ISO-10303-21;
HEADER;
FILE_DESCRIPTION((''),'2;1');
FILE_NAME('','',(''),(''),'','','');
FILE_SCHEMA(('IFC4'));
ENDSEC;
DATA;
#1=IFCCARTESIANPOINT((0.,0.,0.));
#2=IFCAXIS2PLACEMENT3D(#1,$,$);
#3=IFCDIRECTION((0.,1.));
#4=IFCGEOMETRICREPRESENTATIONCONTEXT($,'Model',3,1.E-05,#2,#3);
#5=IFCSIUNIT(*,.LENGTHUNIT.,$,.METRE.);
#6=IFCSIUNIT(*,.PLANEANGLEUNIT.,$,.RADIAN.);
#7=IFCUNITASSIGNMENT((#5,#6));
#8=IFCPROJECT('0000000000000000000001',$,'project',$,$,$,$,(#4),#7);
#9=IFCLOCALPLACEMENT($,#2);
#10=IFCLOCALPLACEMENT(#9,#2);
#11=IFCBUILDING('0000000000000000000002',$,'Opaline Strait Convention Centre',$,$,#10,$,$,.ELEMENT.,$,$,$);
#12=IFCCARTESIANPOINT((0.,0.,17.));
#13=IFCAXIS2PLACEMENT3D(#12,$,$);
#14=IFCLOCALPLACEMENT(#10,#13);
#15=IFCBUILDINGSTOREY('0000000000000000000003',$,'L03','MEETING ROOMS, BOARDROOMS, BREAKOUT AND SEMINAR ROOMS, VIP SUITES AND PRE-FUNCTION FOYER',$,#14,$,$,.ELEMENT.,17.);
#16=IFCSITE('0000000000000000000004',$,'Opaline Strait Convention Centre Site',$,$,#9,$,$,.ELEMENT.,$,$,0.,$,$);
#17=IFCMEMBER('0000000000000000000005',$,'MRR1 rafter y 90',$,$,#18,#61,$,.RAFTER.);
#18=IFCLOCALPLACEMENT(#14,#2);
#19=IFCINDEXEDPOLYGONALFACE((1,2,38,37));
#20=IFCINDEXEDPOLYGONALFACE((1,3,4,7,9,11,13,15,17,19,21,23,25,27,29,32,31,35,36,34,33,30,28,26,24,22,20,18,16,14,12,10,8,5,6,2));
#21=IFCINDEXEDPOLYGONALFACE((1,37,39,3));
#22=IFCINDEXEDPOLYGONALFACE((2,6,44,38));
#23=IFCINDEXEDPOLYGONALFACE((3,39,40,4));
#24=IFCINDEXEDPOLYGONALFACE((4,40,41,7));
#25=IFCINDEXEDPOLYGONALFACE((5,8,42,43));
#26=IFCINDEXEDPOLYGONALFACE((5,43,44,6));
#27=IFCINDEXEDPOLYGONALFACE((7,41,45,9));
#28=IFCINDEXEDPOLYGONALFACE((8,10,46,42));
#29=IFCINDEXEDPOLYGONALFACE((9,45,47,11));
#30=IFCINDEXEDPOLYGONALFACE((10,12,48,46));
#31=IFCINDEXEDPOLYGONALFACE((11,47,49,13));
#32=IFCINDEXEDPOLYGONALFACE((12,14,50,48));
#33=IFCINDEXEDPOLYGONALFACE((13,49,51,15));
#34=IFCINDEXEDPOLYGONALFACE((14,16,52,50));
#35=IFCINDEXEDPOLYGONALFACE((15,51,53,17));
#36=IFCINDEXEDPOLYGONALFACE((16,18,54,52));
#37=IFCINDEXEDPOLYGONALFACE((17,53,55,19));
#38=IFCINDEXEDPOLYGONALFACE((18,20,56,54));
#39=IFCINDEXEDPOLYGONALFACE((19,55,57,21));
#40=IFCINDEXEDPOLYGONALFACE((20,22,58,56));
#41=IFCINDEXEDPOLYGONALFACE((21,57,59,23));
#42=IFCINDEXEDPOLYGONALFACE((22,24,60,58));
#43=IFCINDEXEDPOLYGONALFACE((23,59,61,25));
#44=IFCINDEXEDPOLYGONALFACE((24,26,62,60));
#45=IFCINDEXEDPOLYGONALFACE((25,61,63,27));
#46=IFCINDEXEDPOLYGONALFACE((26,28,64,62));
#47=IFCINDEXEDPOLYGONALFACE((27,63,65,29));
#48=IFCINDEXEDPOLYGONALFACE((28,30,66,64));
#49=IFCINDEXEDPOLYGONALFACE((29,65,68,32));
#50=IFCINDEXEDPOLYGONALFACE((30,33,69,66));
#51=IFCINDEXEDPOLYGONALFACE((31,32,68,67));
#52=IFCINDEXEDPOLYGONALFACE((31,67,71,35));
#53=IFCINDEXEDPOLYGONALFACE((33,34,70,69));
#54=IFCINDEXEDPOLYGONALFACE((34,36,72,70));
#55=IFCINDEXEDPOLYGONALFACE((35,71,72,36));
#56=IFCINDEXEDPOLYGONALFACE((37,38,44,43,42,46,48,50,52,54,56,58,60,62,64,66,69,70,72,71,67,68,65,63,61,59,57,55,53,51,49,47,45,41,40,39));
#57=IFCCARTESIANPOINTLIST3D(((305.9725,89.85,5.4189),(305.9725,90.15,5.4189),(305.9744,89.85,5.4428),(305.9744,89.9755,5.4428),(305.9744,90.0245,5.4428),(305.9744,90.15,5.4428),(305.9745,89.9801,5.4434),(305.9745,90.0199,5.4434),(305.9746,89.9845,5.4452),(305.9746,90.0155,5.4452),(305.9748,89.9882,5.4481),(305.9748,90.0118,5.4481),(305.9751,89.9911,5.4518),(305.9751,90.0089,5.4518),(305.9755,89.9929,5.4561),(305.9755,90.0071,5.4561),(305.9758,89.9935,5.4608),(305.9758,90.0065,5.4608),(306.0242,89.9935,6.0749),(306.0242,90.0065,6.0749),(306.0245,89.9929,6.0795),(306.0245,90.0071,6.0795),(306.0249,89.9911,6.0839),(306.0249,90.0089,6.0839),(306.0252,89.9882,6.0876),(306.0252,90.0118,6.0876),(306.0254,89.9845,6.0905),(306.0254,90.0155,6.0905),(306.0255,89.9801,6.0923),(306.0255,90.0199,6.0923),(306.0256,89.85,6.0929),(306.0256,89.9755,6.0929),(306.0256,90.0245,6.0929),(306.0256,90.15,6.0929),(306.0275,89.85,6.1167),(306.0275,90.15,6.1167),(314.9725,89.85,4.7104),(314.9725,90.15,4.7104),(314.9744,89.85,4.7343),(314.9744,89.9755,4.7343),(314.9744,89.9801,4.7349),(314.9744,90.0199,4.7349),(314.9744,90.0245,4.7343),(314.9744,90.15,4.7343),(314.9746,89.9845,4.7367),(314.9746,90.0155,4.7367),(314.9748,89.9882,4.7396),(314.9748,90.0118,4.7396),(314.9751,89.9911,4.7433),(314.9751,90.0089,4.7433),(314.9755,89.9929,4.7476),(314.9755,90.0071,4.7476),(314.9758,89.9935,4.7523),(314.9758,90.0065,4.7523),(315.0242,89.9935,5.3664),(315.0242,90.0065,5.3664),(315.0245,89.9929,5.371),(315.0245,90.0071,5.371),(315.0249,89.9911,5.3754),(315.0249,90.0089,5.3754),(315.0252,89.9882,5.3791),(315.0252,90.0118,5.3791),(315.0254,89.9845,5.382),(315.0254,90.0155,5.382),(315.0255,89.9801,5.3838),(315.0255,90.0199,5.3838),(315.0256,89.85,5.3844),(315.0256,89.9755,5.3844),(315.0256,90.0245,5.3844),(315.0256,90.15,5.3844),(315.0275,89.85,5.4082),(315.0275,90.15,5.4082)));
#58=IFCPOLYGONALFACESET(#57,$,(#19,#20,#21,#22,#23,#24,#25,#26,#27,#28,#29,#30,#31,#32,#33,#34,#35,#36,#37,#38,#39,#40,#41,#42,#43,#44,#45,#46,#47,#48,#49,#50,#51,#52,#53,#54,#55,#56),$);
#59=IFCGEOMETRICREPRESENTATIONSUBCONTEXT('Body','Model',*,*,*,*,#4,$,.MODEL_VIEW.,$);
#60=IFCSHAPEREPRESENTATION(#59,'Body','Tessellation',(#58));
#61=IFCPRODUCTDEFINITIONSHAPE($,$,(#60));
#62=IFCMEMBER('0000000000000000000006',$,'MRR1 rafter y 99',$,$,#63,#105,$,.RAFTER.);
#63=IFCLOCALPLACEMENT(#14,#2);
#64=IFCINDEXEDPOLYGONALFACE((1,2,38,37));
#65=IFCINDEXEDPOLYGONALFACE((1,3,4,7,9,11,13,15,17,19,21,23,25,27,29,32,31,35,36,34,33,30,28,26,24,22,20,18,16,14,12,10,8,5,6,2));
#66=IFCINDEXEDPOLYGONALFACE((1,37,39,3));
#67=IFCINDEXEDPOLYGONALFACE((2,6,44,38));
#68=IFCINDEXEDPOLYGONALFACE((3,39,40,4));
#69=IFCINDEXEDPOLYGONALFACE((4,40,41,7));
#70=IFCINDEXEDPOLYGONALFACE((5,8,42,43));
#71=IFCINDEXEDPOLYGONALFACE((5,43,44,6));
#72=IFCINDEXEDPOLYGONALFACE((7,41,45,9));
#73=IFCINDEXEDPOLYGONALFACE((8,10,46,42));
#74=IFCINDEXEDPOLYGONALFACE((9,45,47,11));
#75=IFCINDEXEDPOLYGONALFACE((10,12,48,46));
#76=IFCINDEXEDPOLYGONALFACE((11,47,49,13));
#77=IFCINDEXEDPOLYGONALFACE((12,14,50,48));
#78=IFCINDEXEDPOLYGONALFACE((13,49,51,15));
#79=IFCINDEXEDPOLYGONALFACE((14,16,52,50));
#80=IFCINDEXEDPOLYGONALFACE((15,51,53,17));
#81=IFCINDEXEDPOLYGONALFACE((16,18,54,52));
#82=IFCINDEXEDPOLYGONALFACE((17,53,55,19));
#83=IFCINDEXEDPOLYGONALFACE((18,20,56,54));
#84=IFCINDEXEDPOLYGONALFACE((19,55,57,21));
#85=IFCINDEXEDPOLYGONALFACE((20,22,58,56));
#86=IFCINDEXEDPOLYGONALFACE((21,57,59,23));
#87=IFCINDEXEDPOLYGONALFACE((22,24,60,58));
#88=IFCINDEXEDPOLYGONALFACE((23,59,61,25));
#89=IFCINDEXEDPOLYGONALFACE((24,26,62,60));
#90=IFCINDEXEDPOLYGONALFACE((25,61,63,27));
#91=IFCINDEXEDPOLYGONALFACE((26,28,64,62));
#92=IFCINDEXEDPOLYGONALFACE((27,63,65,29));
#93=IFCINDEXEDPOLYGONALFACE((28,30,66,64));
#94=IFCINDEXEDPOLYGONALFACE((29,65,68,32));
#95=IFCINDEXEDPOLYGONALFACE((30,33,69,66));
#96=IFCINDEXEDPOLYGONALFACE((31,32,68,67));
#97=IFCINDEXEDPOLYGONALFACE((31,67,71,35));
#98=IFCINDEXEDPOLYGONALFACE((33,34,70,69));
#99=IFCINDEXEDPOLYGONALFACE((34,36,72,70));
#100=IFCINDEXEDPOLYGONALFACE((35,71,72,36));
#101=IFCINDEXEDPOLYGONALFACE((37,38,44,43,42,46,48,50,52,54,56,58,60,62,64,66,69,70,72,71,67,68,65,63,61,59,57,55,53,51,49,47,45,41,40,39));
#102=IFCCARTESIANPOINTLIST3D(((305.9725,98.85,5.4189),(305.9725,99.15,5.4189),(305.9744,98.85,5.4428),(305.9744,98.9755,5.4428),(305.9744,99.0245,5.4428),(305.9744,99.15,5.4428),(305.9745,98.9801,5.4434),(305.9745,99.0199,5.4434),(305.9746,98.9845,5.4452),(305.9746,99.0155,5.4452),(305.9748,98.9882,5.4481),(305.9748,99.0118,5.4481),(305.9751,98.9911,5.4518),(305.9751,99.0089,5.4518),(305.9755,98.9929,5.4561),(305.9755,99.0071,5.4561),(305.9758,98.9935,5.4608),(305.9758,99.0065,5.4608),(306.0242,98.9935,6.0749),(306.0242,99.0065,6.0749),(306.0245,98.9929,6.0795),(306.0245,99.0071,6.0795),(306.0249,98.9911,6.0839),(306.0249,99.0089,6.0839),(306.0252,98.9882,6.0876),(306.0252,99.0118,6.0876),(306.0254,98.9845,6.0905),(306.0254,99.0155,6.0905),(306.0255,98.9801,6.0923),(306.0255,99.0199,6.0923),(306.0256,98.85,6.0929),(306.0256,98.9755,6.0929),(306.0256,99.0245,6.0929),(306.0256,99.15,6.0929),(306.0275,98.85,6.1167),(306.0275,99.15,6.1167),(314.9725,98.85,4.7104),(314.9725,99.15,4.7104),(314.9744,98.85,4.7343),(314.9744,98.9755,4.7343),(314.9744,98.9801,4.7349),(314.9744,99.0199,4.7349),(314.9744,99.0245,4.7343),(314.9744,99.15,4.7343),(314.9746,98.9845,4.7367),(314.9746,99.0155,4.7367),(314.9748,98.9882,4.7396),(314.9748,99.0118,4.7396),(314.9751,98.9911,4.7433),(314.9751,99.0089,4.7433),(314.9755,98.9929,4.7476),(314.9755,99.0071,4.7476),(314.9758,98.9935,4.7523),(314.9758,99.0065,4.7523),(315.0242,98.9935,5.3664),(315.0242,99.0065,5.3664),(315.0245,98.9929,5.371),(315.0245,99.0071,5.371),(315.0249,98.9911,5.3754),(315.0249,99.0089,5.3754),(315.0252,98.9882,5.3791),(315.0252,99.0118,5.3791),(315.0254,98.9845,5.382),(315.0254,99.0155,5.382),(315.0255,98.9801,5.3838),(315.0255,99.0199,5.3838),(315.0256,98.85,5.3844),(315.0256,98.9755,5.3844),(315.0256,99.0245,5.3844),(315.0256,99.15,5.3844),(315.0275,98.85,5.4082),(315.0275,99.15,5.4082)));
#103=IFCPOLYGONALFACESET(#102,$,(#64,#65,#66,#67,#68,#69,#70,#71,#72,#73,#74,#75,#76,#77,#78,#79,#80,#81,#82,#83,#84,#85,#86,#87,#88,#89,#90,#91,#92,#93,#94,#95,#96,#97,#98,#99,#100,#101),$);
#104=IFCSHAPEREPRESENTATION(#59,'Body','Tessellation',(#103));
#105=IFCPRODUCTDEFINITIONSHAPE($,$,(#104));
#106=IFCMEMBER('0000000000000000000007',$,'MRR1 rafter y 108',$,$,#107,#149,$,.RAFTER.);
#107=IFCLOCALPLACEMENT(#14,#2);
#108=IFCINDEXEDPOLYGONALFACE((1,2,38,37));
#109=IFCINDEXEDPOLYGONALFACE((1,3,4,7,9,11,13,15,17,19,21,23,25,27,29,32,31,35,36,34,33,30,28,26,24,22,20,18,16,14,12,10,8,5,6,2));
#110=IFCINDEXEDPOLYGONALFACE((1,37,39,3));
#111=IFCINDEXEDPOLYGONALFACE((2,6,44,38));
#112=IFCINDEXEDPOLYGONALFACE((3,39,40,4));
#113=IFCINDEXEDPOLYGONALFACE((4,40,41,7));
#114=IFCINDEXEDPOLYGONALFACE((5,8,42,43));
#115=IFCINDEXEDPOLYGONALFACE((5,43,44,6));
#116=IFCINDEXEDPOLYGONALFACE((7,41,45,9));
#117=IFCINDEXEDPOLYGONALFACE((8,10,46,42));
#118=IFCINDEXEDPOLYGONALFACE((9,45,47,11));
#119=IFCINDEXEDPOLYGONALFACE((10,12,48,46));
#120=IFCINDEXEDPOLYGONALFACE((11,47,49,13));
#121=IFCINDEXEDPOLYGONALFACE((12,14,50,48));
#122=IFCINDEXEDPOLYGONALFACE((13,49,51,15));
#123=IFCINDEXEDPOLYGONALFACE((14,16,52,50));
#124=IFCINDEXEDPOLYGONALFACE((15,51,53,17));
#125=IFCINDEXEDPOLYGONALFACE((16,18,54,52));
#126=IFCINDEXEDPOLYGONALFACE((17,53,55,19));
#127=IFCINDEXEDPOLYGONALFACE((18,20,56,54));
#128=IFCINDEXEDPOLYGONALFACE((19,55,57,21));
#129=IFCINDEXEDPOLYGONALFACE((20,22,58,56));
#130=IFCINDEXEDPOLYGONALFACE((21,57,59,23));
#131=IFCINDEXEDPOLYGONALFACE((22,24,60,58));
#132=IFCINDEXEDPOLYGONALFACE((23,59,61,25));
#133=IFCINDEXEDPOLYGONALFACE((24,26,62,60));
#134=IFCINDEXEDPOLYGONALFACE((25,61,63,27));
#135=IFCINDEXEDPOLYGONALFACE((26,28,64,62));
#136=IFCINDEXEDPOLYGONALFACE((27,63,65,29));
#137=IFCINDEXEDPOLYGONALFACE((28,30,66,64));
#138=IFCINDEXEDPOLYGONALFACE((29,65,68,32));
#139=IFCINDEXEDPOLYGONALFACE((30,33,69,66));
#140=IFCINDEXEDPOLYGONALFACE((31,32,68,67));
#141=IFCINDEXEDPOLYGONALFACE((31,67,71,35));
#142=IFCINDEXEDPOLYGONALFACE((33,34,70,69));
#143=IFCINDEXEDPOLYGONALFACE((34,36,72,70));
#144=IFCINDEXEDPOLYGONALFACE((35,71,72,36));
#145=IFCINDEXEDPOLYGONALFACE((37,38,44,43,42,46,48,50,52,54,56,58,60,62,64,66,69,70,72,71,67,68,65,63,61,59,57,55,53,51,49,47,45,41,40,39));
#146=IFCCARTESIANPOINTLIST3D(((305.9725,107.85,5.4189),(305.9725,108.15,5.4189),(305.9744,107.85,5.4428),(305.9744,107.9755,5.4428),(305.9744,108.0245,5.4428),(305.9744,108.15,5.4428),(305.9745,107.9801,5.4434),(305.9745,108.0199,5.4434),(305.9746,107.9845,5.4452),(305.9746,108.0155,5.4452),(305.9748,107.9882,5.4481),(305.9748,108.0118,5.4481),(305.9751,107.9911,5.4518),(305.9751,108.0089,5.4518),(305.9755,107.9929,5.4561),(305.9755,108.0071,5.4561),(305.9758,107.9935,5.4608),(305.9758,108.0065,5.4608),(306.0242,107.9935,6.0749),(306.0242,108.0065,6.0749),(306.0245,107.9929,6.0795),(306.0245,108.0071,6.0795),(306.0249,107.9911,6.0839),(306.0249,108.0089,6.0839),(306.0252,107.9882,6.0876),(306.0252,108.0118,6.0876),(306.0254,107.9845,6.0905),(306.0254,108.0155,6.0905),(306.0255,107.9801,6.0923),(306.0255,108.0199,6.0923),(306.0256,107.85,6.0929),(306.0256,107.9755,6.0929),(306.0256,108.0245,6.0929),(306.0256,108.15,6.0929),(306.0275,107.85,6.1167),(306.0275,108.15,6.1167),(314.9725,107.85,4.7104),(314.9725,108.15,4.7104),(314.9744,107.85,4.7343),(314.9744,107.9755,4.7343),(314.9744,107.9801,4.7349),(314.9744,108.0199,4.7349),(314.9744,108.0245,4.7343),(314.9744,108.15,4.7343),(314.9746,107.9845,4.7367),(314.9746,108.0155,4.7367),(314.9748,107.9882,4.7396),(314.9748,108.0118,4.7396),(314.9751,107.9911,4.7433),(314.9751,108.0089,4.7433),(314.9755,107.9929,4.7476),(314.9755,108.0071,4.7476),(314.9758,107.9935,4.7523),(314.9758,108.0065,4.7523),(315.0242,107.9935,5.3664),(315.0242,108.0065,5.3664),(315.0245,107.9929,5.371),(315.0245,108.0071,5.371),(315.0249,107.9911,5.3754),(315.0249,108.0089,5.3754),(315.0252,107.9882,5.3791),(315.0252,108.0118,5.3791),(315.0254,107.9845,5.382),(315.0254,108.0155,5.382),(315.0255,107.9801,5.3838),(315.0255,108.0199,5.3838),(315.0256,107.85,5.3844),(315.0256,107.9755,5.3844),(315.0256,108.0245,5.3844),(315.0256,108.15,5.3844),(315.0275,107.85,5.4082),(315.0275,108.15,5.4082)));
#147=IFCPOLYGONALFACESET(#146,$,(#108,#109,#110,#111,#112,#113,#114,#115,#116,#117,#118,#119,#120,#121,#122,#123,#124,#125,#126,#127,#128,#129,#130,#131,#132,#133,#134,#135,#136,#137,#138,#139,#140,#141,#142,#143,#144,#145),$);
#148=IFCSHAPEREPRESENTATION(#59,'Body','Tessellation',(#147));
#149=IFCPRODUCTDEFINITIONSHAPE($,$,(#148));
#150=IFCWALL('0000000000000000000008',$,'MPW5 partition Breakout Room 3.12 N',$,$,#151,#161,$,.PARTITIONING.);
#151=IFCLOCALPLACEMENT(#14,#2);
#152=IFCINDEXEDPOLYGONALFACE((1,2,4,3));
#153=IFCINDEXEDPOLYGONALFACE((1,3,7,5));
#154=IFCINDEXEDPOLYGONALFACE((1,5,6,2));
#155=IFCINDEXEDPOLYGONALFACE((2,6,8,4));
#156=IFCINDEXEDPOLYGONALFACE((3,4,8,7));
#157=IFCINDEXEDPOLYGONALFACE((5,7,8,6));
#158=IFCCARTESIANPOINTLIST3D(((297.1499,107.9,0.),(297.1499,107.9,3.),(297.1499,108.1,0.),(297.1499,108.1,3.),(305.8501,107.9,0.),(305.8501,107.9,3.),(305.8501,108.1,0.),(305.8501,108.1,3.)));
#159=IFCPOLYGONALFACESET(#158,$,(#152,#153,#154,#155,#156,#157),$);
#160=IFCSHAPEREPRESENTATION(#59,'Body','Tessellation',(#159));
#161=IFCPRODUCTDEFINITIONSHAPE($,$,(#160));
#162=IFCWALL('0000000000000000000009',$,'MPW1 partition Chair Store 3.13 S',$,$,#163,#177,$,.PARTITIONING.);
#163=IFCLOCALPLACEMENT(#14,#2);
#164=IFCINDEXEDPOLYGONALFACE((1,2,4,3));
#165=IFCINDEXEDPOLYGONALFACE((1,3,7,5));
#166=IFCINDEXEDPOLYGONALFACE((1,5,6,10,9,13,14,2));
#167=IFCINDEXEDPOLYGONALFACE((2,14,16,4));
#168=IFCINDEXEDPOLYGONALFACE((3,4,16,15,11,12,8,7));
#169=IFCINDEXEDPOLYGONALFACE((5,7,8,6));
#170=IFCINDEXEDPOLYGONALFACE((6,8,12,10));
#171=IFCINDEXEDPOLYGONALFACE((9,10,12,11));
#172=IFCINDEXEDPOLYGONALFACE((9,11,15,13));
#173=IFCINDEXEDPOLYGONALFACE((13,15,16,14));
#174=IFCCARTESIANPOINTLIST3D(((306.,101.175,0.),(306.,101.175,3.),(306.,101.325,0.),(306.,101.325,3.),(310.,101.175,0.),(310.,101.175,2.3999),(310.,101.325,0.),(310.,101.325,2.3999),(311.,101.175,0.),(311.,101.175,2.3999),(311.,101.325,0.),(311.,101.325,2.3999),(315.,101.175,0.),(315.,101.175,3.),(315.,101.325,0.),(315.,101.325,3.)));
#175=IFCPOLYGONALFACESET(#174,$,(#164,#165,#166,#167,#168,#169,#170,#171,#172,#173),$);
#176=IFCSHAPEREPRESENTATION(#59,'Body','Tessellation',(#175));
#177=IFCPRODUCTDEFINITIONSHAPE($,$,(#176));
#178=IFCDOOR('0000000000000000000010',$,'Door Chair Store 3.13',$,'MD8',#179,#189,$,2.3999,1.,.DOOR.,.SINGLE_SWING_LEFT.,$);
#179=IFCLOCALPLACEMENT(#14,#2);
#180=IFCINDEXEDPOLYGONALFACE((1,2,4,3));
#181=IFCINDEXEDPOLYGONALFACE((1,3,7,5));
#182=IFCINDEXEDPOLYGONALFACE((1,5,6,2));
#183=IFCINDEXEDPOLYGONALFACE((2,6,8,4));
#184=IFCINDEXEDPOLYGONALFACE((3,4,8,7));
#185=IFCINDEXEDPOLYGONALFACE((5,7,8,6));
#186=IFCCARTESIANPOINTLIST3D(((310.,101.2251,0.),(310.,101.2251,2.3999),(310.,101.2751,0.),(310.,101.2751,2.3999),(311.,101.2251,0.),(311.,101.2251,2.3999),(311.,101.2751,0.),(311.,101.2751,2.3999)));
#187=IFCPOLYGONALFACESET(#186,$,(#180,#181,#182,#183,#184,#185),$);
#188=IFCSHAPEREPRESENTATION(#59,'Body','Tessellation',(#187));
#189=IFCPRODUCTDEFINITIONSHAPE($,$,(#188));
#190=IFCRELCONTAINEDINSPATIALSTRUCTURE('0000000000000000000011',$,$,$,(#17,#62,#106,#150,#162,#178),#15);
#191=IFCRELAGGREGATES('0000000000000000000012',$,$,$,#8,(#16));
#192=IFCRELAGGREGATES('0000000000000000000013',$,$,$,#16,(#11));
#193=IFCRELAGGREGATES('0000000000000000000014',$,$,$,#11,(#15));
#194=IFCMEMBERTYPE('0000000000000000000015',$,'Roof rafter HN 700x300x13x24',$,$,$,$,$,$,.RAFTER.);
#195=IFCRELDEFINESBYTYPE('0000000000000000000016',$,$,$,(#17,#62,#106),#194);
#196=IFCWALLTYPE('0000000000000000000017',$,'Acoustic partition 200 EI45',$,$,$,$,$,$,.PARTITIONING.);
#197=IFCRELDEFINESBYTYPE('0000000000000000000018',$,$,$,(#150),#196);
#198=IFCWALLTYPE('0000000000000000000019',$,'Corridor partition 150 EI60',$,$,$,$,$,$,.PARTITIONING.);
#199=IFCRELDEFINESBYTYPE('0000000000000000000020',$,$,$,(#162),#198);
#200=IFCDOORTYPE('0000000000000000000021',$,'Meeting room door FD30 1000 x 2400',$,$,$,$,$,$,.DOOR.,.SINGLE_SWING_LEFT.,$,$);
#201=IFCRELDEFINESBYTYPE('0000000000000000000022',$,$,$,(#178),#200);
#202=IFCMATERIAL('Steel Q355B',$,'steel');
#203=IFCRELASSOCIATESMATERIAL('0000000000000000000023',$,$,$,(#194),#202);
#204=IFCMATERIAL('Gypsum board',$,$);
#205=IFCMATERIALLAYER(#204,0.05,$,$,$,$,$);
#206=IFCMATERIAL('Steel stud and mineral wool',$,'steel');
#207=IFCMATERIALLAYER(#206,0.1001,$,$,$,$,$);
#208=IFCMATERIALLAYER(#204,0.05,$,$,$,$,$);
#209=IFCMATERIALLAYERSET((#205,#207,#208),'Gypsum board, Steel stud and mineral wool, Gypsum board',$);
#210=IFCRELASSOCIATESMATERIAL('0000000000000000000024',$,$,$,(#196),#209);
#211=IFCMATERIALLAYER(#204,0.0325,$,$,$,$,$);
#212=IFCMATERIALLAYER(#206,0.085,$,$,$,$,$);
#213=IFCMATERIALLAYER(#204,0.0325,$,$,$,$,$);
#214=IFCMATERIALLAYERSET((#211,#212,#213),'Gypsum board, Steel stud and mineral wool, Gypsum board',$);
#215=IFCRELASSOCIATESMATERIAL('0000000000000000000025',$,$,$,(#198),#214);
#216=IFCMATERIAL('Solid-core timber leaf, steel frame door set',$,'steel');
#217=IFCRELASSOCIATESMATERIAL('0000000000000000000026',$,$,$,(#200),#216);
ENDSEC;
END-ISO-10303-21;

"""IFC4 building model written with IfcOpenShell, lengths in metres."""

from ifc_helpers import new_model, si_unit, direction, frame, frame_2d, origin, origin_2d, place, context, subcontext, project, spatial, rectangle, i_section, extrude, material, layer, layer_set, material_profile, profile_set, type_object, element, fill, save


model = new_model("IFC4")

# Units and contexts
model_context = context("Model", 3, precision=1e-05, world=origin(), true_north=direction((0.0, 1.0)))
body_context = subcontext(model_context, "Body", "Model", "MODEL_VIEW")
ifc_project = project(units=[si_unit("LENGTHUNIT", "METRE"), si_unit("PLANEANGLEUNIT", "RADIAN")], contexts=[model_context])

# Site, building, storey
site_placement = place(None, origin())
site = spatial("IfcSite", under=ifc_project, at=site_placement, Name="Opaline Strait Convention Centre Site", CompositionType="ELEMENT", RefElevation=0.0)
building_placement = place(site_placement, origin())
building = spatial("IfcBuilding", under=site, at=building_placement, Name="Opaline Strait Convention Centre", CompositionType="ELEMENT")
storey_placement = place(building_placement, frame((0.0, 0.0, 17.0)))
storey = spatial("IfcBuildingStorey", under=building, at=storey_placement, Name="L03", Description="MEETING ROOMS, BOARDROOMS, BREAKOUT AND SEMINAR ROOMS, VIP SUITES AND PRE-FUNCTION FOYER", CompositionType="ELEMENT", Elevation=17.0)

# Shared definitions
ifc_material_1 = material(Name="Steel Q355B", Category="steel")

# Members
ifc_material_profile_1 = material_profile(ifc_material_1, i_section(OverallWidth=0.3, OverallDepth=0.7, WebThickness=0.0129, FlangeThickness=0.0239, FilletRadius=0.0181, at=origin_2d()), Name="HN 700x300x13x24")
ifc_profile_set_1 = profile_set([ifc_material_profile_1], Name="Steel Q355B")
member_type_1 = type_object("IfcMemberType", Name="Roof rafter HN 700x300x13x24", PredefinedType="RAFTER", material=ifc_profile_set_1)
for number, where, z_axis, x_axis, name in (
    (1, (306.0, 90.0, 5.7678), (0.996916, 0.0, -0.078479), (0.0, 1.0, 0.0), "MRR1 rafter y 90"),
    (2, (306.0, 99.0, 5.7678), (0.996916, 0.0, -0.078479), (0.0, 1.0, 0.0), "MRR1 rafter y 99"),
    (3, (306.0, 108.0, 5.7678), (0.996916, 0.0, -0.078479), (0.0, 1.0, 0.0), "MRR1 rafter y 108"),
):
    element("IfcMember", number, at=place(storey_placement, frame(where, z_axis=z_axis, x_axis=x_axis)), inside=storey, type_object=member_type_1, Name=name, PredefinedType="RAFTER", context=body_context, shape_type="SweptSolid", body=[
        extrude(i_section(OverallWidth=0.3, OverallDepth=0.7, WebThickness=0.0129, FlangeThickness=0.0239, FilletRadius=0.0181, at=origin_2d()), origin(), (0.0, 0.0, 1.0), 9.0278),
    ])

# Wall
ifc_material_2 = material(Name="Gypsum board")
ifc_layer_1 = layer(ifc_material_2, 0.05)
ifc_material_3 = material(Name="Steel stud and mineral wool", Category="steel")
ifc_layer_2 = layer(ifc_material_3, 0.1001)
ifc_layer_3 = layer(ifc_material_2, 0.05)
ifc_layer_set_1 = layer_set([ifc_layer_1, ifc_layer_2, ifc_layer_3], Name="Gypsum board, Steel stud and mineral wool, Gypsum board")
wall_type_1 = type_object("IfcWallType", Name="Acoustic partition 200 EI45", PredefinedType="PARTITIONING", material=ifc_layer_set_1)
wall_1_placement = place(storey_placement, frame((297.1499, 108.0, 0.0), z_axis=(0.0, 0.0, 1.0), x_axis=(1.0, 0.0, 0.0)))
element("IfcWall", 4, at=wall_1_placement, inside=storey, type_object=wall_type_1, Name="MPW5 partition Breakout Room 3.12 N", PredefinedType="PARTITIONING", context=body_context, shape_type="SweptSolid", body=[
    extrude(rectangle(XDim=8.7002, YDim=0.2, at=frame_2d((4.3501, 0.0))), origin(), (0.0, 0.0, 1.0), 3.0),
])

# Wall, opening, door
ifc_layer_4 = layer(ifc_material_2, 0.0325)
ifc_layer_5 = layer(ifc_material_3, 0.085)
ifc_layer_6 = layer(ifc_material_2, 0.0325)
ifc_layer_set_2 = layer_set([ifc_layer_4, ifc_layer_5, ifc_layer_6], Name="Gypsum board, Steel stud and mineral wool, Gypsum board")
wall_type_2 = type_object("IfcWallType", Name="Corridor partition 150 EI60", PredefinedType="PARTITIONING", material=ifc_layer_set_2)
wall_2_placement = place(storey_placement, frame((306.0, 101.25, 0.0), z_axis=(0.0, 0.0, 1.0), x_axis=(1.0, 0.0, 0.0)))
wall_2 = element("IfcWall", 5, at=wall_2_placement, inside=storey, type_object=wall_type_2, Name="MPW1 partition Chair Store 3.13 S", PredefinedType="PARTITIONING", context=body_context, shape_type="SweptSolid", body=[
    extrude(rectangle(XDim=9.0, YDim=0.1499, at=frame_2d((4.5, 0.0))), origin(), (0.0, 0.0, 1.0), 3.0),
])
opening_1_placement = place(wall_2_placement, frame((4.0, 0.0, 0.0)))
opening_1 = element("IfcOpeningElement", 6, at=opening_1_placement, cuts=wall_2, PredefinedType="OPENING", context=body_context, shape_type="SweptSolid", body=[
    extrude(rectangle(XDim=1.0, YDim=2.3999, at=frame_2d((0.5, 1.2))), frame((0.0, 0.085, 0.0), z_axis=(0.0, -1.0, 0.0), x_axis=(1.0, 0.0, 0.0)), (0.0, 0.0, 1.0), 0.1699),
])
ifc_material_4 = material(Name="Solid-core timber leaf, steel frame door set", Category="steel")
door_type = type_object("IfcDoorType", Name="Meeting room door FD30 1000 x 2400", OperationType="SINGLE_SWING_LEFT", PredefinedType="DOOR", material=ifc_material_4)
door_placement = place(opening_1_placement, frame((1.0, 0.0, 0.0), z_axis=(0.0, 0.0, 1.0), x_axis=(-1.0, 0.0, 0.0)))
door = element("IfcDoor", 7, at=door_placement, inside=storey, type_object=door_type, Name="Door Chair Store 3.13", ObjectType="MD8", OperationType="SINGLE_SWING_LEFT", OverallHeight=2.3999, OverallWidth=1.0, PredefinedType="DOOR", context=body_context, shape_type="SweptSolid", body=[
    extrude(rectangle(XDim=1.0, YDim=2.3999, at=frame_2d((0.5, 1.2))), frame((0.0, 0.0249, 0.0), z_axis=(0.0, -1.0, 0.0), x_axis=(1.0, 0.0, 0.0)), (0.0, 0.0, 1.0), 0.05),
])
fill(opening_1, door)

save(model, "model.ifc")
